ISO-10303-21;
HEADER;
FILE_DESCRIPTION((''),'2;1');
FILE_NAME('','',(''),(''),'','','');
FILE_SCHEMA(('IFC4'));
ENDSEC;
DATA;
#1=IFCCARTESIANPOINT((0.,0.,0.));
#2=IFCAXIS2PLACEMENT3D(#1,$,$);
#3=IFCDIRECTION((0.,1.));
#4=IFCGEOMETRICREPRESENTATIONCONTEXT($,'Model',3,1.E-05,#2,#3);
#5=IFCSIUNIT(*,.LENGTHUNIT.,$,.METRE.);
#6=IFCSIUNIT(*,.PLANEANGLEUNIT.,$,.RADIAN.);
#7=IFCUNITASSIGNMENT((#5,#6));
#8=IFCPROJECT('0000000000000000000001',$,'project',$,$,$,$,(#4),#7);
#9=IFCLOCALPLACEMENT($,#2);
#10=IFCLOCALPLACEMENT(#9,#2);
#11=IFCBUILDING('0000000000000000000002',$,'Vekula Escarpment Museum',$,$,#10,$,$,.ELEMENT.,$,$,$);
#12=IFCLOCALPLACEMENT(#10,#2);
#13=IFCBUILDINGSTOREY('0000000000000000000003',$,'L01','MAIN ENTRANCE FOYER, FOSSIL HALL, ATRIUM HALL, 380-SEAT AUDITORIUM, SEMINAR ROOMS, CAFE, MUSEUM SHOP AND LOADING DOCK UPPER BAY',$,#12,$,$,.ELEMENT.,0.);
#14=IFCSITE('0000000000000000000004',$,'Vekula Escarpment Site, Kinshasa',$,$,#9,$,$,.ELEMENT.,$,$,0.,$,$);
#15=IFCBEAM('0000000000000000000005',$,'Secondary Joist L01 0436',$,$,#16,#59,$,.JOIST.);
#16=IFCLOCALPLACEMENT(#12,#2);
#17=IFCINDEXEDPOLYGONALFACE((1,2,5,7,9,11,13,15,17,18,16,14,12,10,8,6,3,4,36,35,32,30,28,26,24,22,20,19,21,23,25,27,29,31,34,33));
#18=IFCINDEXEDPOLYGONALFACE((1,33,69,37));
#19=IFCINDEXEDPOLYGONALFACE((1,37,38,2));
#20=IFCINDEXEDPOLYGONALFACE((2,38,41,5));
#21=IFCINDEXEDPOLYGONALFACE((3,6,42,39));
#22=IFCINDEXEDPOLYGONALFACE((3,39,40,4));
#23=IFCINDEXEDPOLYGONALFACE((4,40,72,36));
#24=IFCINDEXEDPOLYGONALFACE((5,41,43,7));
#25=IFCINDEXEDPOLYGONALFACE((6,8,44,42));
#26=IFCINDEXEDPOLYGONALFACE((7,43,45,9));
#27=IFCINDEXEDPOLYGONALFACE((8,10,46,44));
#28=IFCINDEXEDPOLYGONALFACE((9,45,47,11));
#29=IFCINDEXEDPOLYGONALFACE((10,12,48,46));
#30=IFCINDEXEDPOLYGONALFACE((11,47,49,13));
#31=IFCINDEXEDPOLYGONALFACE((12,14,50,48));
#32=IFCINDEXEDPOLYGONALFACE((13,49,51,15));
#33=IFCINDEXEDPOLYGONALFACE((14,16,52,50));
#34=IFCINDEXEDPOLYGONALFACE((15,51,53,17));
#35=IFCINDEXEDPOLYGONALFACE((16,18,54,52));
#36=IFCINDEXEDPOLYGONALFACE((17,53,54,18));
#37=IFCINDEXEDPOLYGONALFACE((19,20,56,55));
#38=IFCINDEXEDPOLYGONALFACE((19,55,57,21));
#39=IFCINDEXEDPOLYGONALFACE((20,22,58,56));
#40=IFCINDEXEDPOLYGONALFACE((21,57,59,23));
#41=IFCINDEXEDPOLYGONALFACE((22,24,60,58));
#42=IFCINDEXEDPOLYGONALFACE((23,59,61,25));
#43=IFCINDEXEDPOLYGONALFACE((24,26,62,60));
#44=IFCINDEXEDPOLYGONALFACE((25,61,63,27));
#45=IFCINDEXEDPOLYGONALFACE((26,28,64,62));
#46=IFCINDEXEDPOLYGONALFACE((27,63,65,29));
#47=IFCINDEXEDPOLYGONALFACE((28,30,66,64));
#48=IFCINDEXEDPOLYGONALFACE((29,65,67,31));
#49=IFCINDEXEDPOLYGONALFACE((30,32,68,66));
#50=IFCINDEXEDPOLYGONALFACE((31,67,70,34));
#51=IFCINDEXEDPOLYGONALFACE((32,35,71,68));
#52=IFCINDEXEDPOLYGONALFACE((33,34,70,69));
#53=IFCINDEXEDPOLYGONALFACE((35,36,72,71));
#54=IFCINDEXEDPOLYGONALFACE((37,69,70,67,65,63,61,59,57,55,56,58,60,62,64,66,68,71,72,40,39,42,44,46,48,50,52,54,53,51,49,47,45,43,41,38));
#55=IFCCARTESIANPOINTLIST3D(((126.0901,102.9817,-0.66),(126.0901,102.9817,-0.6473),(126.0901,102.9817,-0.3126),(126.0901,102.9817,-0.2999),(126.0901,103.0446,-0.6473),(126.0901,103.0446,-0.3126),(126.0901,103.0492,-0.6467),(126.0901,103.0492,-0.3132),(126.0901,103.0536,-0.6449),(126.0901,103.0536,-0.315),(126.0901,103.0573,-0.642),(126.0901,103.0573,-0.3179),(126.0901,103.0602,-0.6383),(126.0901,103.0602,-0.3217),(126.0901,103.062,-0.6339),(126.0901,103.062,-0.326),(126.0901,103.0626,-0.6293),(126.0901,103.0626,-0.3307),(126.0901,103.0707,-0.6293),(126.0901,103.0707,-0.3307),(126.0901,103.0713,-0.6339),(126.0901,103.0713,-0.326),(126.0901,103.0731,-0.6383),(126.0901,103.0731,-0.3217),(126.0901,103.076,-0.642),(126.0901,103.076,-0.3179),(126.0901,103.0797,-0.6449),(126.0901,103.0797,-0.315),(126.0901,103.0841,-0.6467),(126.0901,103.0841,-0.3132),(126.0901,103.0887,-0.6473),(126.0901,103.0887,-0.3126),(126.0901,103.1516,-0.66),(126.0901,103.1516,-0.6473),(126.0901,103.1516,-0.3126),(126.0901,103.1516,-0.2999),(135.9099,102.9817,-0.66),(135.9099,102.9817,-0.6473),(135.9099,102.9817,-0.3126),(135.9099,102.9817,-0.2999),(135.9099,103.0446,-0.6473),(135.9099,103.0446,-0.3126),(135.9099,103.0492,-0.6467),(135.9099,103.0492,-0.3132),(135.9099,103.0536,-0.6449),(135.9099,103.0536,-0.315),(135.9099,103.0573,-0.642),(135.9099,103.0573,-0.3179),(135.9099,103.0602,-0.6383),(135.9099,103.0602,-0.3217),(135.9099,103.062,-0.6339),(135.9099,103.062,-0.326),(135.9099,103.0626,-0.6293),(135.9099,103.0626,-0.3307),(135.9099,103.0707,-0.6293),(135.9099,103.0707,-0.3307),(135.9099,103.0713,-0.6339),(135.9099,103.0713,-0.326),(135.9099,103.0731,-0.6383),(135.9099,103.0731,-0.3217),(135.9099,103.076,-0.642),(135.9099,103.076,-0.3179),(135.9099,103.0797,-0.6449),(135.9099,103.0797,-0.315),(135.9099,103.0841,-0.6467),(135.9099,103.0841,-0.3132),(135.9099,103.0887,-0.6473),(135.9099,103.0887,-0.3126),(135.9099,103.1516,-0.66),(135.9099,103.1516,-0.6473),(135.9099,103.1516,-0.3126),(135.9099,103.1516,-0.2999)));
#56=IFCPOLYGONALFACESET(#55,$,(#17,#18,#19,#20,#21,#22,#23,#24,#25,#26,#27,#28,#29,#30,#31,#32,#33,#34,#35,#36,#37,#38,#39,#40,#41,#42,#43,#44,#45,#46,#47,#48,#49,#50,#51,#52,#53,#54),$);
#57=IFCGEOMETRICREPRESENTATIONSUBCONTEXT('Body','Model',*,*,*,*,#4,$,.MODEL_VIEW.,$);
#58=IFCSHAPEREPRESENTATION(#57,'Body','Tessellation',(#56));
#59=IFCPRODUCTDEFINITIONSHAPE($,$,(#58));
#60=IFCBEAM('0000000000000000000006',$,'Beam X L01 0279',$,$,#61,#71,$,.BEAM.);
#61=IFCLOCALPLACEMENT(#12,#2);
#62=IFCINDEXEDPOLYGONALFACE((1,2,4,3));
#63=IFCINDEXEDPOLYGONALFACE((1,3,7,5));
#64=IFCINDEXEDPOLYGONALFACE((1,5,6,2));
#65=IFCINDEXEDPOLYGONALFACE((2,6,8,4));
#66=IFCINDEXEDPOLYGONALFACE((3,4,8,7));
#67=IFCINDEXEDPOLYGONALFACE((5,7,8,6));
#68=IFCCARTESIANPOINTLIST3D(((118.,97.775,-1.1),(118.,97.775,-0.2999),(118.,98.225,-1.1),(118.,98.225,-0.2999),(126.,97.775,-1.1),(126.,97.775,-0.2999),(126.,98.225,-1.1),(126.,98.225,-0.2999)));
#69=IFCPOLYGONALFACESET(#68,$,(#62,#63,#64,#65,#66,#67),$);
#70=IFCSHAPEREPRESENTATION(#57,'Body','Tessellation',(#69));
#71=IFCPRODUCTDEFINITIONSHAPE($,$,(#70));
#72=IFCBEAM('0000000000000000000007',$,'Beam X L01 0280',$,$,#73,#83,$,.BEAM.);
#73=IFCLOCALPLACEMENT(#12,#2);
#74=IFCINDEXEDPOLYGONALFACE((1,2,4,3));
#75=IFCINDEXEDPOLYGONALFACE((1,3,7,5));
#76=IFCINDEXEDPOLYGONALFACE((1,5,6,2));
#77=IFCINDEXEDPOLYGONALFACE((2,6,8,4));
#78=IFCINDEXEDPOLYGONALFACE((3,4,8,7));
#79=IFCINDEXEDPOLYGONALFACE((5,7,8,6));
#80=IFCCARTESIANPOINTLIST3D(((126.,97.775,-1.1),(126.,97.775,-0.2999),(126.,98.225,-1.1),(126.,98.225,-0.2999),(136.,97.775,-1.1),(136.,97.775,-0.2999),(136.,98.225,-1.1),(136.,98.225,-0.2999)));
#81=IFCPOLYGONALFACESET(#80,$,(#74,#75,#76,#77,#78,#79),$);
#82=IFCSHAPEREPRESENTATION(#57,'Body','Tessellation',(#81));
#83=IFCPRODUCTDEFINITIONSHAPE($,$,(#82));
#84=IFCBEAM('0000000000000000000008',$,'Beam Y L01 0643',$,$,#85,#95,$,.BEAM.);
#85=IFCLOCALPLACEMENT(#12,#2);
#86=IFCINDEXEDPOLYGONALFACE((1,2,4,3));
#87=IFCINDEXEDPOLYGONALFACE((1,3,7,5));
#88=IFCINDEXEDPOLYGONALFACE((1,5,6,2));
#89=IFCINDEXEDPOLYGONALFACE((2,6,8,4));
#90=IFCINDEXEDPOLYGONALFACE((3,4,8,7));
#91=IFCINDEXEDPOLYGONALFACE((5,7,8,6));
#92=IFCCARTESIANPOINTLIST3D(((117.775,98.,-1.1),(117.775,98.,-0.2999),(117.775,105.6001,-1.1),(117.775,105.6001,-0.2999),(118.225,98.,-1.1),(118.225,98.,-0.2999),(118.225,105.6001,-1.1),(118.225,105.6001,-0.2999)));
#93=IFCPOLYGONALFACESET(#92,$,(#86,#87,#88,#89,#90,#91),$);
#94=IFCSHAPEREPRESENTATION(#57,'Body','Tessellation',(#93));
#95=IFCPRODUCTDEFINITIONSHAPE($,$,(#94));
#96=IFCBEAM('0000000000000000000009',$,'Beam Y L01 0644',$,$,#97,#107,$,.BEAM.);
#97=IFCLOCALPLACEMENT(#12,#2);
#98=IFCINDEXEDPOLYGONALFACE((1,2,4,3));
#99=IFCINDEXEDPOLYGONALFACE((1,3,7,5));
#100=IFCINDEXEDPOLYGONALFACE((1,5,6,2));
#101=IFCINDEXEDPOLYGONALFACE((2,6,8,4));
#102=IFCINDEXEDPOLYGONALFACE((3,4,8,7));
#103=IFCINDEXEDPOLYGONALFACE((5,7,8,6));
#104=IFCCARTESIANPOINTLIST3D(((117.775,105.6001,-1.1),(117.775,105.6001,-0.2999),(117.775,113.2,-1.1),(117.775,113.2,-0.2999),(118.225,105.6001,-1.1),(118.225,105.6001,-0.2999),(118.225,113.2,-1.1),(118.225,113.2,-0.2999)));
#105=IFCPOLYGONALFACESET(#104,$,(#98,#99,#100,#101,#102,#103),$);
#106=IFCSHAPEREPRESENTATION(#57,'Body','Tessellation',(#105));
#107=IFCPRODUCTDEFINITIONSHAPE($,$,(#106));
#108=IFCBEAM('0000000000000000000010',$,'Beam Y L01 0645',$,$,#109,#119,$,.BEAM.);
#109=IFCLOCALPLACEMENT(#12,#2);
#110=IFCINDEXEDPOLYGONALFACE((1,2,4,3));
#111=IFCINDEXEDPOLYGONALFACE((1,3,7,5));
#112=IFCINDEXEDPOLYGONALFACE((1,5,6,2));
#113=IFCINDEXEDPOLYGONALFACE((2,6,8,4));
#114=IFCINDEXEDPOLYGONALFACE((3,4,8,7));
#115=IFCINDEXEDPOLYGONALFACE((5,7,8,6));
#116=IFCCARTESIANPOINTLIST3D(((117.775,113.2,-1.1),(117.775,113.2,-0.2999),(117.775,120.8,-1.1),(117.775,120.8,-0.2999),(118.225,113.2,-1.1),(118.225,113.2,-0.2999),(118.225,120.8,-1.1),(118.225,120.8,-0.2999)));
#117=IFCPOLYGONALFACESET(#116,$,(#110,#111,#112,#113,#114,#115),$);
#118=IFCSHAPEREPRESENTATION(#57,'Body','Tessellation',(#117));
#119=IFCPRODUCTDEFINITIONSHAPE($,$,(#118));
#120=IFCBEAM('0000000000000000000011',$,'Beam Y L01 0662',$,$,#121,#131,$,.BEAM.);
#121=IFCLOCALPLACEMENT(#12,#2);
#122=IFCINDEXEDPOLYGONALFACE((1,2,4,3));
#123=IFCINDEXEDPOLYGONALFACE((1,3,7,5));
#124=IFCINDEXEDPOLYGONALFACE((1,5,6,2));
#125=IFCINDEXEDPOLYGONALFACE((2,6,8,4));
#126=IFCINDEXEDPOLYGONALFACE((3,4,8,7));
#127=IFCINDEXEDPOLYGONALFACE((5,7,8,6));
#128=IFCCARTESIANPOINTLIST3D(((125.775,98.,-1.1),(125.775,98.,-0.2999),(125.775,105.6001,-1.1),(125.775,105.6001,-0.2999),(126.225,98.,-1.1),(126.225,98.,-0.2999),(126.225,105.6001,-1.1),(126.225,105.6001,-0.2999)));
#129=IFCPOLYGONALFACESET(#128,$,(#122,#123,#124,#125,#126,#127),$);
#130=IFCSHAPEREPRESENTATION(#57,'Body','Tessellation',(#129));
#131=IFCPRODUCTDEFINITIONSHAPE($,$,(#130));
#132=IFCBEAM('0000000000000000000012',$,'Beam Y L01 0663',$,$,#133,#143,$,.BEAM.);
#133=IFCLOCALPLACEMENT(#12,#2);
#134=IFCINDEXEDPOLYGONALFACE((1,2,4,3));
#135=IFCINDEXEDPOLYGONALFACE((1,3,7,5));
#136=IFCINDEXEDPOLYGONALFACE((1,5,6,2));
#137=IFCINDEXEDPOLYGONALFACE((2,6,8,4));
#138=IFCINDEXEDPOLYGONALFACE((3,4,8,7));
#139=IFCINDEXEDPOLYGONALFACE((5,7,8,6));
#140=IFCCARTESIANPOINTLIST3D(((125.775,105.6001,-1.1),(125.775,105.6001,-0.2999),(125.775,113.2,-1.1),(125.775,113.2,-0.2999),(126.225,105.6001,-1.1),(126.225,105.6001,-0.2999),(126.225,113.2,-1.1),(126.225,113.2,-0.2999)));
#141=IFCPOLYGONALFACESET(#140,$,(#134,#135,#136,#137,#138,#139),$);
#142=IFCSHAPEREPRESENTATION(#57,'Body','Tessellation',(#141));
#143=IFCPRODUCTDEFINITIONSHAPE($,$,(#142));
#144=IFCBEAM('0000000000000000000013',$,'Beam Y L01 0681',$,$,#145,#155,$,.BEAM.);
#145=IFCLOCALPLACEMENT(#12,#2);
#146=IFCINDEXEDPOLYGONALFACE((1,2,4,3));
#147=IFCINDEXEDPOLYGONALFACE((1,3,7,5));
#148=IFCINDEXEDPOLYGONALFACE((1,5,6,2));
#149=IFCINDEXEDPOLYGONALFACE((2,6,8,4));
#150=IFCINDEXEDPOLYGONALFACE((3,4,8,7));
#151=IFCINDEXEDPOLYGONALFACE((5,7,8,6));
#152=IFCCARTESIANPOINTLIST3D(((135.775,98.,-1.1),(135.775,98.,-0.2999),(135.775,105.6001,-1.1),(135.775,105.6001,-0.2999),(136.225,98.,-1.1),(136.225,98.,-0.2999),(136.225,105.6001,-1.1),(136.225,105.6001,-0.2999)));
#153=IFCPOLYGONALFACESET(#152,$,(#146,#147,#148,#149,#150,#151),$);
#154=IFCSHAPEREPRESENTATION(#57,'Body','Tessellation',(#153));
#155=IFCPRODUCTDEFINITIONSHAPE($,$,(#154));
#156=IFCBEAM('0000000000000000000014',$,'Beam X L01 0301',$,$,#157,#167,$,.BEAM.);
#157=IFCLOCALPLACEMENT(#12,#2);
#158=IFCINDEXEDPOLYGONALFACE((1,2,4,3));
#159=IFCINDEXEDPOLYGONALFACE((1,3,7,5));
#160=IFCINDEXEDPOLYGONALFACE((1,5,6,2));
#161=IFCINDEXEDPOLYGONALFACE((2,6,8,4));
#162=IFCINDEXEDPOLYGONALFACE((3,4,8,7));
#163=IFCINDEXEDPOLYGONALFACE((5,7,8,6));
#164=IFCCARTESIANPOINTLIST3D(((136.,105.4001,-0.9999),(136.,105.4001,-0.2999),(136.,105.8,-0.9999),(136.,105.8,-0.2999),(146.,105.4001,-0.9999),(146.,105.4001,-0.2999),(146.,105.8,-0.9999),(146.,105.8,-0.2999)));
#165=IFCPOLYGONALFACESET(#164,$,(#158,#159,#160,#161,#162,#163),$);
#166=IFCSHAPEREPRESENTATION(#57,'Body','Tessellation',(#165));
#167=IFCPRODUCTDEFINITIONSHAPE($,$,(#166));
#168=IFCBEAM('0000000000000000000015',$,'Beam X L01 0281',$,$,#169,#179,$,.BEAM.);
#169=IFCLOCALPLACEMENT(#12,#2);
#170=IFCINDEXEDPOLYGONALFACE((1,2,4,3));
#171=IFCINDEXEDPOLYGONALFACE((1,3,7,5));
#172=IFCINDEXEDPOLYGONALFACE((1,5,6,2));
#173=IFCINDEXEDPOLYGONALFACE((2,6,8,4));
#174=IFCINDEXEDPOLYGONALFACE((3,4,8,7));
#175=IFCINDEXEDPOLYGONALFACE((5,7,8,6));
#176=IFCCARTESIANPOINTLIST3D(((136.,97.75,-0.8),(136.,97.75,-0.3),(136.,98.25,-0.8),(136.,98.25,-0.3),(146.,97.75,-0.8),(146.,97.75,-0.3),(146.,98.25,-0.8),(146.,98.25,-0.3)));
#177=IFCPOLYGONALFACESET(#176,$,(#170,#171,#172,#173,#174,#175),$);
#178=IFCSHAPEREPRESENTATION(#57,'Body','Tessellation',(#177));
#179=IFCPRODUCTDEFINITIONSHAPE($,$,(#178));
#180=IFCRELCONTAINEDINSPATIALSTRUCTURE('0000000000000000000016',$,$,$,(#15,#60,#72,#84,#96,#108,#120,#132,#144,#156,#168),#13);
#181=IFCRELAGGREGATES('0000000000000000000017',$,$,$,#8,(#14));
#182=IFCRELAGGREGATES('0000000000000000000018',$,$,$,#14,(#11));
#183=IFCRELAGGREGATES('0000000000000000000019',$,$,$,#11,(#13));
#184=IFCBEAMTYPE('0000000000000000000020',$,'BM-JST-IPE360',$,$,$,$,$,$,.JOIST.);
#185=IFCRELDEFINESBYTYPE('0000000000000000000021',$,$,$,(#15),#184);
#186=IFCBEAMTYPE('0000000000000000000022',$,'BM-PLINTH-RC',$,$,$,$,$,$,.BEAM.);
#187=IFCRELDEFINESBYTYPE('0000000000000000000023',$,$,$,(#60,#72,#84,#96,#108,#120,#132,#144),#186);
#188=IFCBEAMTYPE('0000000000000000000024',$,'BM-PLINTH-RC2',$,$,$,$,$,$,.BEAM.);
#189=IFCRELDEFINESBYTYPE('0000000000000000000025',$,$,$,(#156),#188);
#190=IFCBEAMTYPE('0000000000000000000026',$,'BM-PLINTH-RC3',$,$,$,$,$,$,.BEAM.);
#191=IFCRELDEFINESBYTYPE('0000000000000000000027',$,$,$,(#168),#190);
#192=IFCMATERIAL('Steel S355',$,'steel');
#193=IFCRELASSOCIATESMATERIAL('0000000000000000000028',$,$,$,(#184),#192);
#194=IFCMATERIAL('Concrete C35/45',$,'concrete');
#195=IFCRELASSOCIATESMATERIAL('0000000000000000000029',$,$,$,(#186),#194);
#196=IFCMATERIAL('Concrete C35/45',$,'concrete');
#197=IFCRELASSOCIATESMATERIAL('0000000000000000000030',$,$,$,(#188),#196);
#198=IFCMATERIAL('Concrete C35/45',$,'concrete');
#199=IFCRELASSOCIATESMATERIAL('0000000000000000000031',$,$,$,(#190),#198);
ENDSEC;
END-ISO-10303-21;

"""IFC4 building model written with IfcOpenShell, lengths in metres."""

from ifc_helpers import new_model, si_unit, direction, frame, origin, origin_2d, place, context, subcontext, project, spatial, rectangle, i_section, extrude, material, material_profile, profile_set, type_object, element, save


model = new_model("IFC4")

# Units and contexts
model_context = context("Model", 3, precision=1e-05, world=origin(), true_north=direction((0.0, 1.0)))
body_context = subcontext(model_context, "Body", "Model", "MODEL_VIEW")
ifc_project = project(units=[si_unit("LENGTHUNIT", "METRE"), si_unit("PLANEANGLEUNIT", "RADIAN")], contexts=[model_context])

# Site, building, storey
site_placement = place(None, origin())
site = spatial("IfcSite", under=ifc_project, at=site_placement, Name="Vekula Escarpment Site, Kinshasa", CompositionType="ELEMENT", RefElevation=0.0)
building_placement = place(site_placement, origin())
building = spatial("IfcBuilding", under=site, at=building_placement, Name="Vekula Escarpment Museum", CompositionType="ELEMENT")
storey_placement = place(building_placement, origin())
storey = spatial("IfcBuildingStorey", under=building, at=storey_placement, Name="L01", Description="MAIN ENTRANCE FOYER, FOSSIL HALL, ATRIUM HALL, 380-SEAT AUDITORIUM, SEMINAR ROOMS, CAFE, MUSEUM SHOP AND LOADING DOCK UPPER BAY", CompositionType="ELEMENT", Elevation=0.0)

# Beams
ifc_material_1 = material(Name="Steel S355", Category="steel")
ifc_material_profile_1 = material_profile(ifc_material_1, i_section(OverallWidth=0.1699, OverallDepth=0.3601, WebThickness=0.0081, FlangeThickness=0.0127, FilletRadius=0.0181, at=origin_2d()), Name="IPE 360")
ifc_profile_set_1 = profile_set([ifc_material_profile_1], Name="Steel S355")
beam_type_1 = type_object("IfcBeamType", Name="BM-JST-IPE360", PredefinedType="JOIST", material=ifc_profile_set_1)
for number, where, z_axis, x_axis, name in (
    (1, (126.0901, 103.0667, -0.48), (1.0, 0.0, 0.0), (0.0, 1.0, 0.0), "Secondary Joist L01 0436"),
):
    element("IfcBeam", number, at=place(storey_placement, frame(where, z_axis=z_axis, x_axis=x_axis)), inside=storey, type_object=beam_type_1, Name=name, PredefinedType="JOIST", context=body_context, shape_type="SweptSolid", body=[
        extrude(i_section(OverallWidth=0.1699, OverallDepth=0.3601, WebThickness=0.0081, FlangeThickness=0.0127, FilletRadius=0.0181, at=origin_2d()), origin(), (0.0, 0.0, 1.0), 9.8198),
    ])
ifc_material_2 = material(Name="Concrete C35/45", Category="concrete")
ifc_material_profile_2 = material_profile(ifc_material_2, rectangle(XDim=0.45, YDim=0.8, at=origin_2d()), Name="RC 450x800")
ifc_profile_set_2 = profile_set([ifc_material_profile_2], Name="Concrete C35/45")
beam_type_2 = type_object("IfcBeamType", Name="BM-PLINTH-RC", PredefinedType="BEAM", material=ifc_profile_set_2)
beam_1_placement = place(storey_placement, frame((118.0, 98.0, -0.7), z_axis=(1.0, 0.0, 0.0), x_axis=(0.0, 1.0, 0.0)))
element("IfcBeam", 2, at=beam_1_placement, inside=storey, type_object=beam_type_2, Name="Beam X L01 0279", PredefinedType="BEAM", context=body_context, shape_type="SweptSolid", body=[
    extrude(rectangle(XDim=0.45, YDim=0.8, at=origin_2d()), origin(), (0.0, 0.0, 1.0), 8.0),
])
beam_2_placement = place(storey_placement, frame((126.0, 98.0, -0.7), z_axis=(1.0, 0.0, 0.0), x_axis=(0.0, 1.0, 0.0)))
element("IfcBeam", 3, at=beam_2_placement, inside=storey, type_object=beam_type_2, Name="Beam X L01 0280", PredefinedType="BEAM", context=body_context, shape_type="SweptSolid", body=[
    extrude(rectangle(XDim=0.45, YDim=0.8, at=origin_2d()), origin(), (0.0, 0.0, 1.0), 10.0),
])
beam_3_placement = place(storey_placement, frame((118.0, 98.0, -0.7), z_axis=(0.0, 1.0, 0.0), x_axis=(-1.0, 0.0, 0.0)))
element("IfcBeam", 4, at=beam_3_placement, inside=storey, type_object=beam_type_2, Name="Beam Y L01 0643", PredefinedType="BEAM", context=body_context, shape_type="SweptSolid", body=[
    extrude(rectangle(XDim=0.45, YDim=0.8, at=origin_2d()), origin(), (0.0, 0.0, 1.0), 7.6001),
])
beam_4_placement = place(storey_placement, frame((118.0, 105.6001, -0.7), z_axis=(0.0, 1.0, 0.0), x_axis=(-1.0, 0.0, 0.0)))
element("IfcBeam", 5, at=beam_4_placement, inside=storey, type_object=beam_type_2, Name="Beam Y L01 0644", PredefinedType="BEAM", context=body_context, shape_type="SweptSolid", body=[
    extrude(rectangle(XDim=0.45, YDim=0.8, at=origin_2d()), origin(), (0.0, 0.0, 1.0), 7.5999),
])
for number, where, z_axis, x_axis, name in (
    (6, (118.0, 113.2, -0.7), (0.0, 1.0, 0.0), (-1.0, 0.0, 0.0), "Beam Y L01 0645"),
    (7, (126.0, 98.0, -0.7), (0.0, 1.0, 0.0), (-1.0, 0.0, 0.0), "Beam Y L01 0662"),
):
    element("IfcBeam", number, at=place(storey_placement, frame(where, z_axis=z_axis, x_axis=x_axis)), inside=storey, type_object=beam_type_2, Name=name, PredefinedType="BEAM", context=body_context, shape_type="SweptSolid", body=[
        extrude(rectangle(XDim=0.45, YDim=0.8, at=origin_2d()), origin(), (0.0, 0.0, 1.0), 7.6001),
    ])
beam_5_placement = place(storey_placement, frame((126.0, 105.6001, -0.7), z_axis=(0.0, 1.0, 0.0), x_axis=(-1.0, 0.0, 0.0)))
element("IfcBeam", 8, at=beam_5_placement, inside=storey, type_object=beam_type_2, Name="Beam Y L01 0663", PredefinedType="BEAM", context=body_context, shape_type="SweptSolid", body=[
    extrude(rectangle(XDim=0.45, YDim=0.8, at=origin_2d()), origin(), (0.0, 0.0, 1.0), 7.5999),
])
beam_6_placement = place(storey_placement, frame((136.0, 98.0, -0.7), z_axis=(0.0, 1.0, 0.0), x_axis=(-1.0, 0.0, 0.0)))
element("IfcBeam", 9, at=beam_6_placement, inside=storey, type_object=beam_type_2, Name="Beam Y L01 0681", PredefinedType="BEAM", context=body_context, shape_type="SweptSolid", body=[
    extrude(rectangle(XDim=0.45, YDim=0.8, at=origin_2d()), origin(), (0.0, 0.0, 1.0), 7.6001),
])
ifc_material_3 = material(Name="Concrete C35/45", Category="concrete")
ifc_material_profile_3 = material_profile(ifc_material_3, rectangle(XDim=0.3999, YDim=0.7, at=origin_2d()), Name="RC 400x700")
ifc_profile_set_3 = profile_set([ifc_material_profile_3], Name="Concrete C35/45")
beam_type_3 = type_object("IfcBeamType", Name="BM-PLINTH-RC2", PredefinedType="BEAM", material=ifc_profile_set_3)
beam_7_placement = place(storey_placement, frame((136.0, 105.6001, -0.6499), z_axis=(1.0, 0.0, 0.0), x_axis=(0.0, 1.0, 0.0)))
element("IfcBeam", 10, at=beam_7_placement, inside=storey, type_object=beam_type_3, Name="Beam X L01 0301", PredefinedType="BEAM", context=body_context, shape_type="SweptSolid", body=[
    extrude(rectangle(XDim=0.3999, YDim=0.7, at=origin_2d()), origin(), (0.0, 0.0, 1.0), 10.0),
])
ifc_material_4 = material(Name="Concrete C35/45", Category="concrete")
ifc_material_profile_4 = material_profile(ifc_material_4, rectangle(XDim=0.5, YDim=0.5, at=origin_2d()), Name="RC 500x500")
ifc_profile_set_4 = profile_set([ifc_material_profile_4], Name="Concrete C35/45")
beam_type_4 = type_object("IfcBeamType", Name="BM-PLINTH-RC3", PredefinedType="BEAM", material=ifc_profile_set_4)
beam_8_placement = place(storey_placement, frame((136.0, 98.0, -0.55), z_axis=(1.0, 0.0, 0.0), x_axis=(0.0, 1.0, 0.0)))
element("IfcBeam", 11, at=beam_8_placement, inside=storey, type_object=beam_type_4, Name="Beam X L01 0281", PredefinedType="BEAM", context=body_context, shape_type="SweptSolid", body=[
    extrude(rectangle(XDim=0.5, YDim=0.5, at=origin_2d()), origin(), (0.0, 0.0, 1.0), 10.0),
])

save(model, "model.ifc")
